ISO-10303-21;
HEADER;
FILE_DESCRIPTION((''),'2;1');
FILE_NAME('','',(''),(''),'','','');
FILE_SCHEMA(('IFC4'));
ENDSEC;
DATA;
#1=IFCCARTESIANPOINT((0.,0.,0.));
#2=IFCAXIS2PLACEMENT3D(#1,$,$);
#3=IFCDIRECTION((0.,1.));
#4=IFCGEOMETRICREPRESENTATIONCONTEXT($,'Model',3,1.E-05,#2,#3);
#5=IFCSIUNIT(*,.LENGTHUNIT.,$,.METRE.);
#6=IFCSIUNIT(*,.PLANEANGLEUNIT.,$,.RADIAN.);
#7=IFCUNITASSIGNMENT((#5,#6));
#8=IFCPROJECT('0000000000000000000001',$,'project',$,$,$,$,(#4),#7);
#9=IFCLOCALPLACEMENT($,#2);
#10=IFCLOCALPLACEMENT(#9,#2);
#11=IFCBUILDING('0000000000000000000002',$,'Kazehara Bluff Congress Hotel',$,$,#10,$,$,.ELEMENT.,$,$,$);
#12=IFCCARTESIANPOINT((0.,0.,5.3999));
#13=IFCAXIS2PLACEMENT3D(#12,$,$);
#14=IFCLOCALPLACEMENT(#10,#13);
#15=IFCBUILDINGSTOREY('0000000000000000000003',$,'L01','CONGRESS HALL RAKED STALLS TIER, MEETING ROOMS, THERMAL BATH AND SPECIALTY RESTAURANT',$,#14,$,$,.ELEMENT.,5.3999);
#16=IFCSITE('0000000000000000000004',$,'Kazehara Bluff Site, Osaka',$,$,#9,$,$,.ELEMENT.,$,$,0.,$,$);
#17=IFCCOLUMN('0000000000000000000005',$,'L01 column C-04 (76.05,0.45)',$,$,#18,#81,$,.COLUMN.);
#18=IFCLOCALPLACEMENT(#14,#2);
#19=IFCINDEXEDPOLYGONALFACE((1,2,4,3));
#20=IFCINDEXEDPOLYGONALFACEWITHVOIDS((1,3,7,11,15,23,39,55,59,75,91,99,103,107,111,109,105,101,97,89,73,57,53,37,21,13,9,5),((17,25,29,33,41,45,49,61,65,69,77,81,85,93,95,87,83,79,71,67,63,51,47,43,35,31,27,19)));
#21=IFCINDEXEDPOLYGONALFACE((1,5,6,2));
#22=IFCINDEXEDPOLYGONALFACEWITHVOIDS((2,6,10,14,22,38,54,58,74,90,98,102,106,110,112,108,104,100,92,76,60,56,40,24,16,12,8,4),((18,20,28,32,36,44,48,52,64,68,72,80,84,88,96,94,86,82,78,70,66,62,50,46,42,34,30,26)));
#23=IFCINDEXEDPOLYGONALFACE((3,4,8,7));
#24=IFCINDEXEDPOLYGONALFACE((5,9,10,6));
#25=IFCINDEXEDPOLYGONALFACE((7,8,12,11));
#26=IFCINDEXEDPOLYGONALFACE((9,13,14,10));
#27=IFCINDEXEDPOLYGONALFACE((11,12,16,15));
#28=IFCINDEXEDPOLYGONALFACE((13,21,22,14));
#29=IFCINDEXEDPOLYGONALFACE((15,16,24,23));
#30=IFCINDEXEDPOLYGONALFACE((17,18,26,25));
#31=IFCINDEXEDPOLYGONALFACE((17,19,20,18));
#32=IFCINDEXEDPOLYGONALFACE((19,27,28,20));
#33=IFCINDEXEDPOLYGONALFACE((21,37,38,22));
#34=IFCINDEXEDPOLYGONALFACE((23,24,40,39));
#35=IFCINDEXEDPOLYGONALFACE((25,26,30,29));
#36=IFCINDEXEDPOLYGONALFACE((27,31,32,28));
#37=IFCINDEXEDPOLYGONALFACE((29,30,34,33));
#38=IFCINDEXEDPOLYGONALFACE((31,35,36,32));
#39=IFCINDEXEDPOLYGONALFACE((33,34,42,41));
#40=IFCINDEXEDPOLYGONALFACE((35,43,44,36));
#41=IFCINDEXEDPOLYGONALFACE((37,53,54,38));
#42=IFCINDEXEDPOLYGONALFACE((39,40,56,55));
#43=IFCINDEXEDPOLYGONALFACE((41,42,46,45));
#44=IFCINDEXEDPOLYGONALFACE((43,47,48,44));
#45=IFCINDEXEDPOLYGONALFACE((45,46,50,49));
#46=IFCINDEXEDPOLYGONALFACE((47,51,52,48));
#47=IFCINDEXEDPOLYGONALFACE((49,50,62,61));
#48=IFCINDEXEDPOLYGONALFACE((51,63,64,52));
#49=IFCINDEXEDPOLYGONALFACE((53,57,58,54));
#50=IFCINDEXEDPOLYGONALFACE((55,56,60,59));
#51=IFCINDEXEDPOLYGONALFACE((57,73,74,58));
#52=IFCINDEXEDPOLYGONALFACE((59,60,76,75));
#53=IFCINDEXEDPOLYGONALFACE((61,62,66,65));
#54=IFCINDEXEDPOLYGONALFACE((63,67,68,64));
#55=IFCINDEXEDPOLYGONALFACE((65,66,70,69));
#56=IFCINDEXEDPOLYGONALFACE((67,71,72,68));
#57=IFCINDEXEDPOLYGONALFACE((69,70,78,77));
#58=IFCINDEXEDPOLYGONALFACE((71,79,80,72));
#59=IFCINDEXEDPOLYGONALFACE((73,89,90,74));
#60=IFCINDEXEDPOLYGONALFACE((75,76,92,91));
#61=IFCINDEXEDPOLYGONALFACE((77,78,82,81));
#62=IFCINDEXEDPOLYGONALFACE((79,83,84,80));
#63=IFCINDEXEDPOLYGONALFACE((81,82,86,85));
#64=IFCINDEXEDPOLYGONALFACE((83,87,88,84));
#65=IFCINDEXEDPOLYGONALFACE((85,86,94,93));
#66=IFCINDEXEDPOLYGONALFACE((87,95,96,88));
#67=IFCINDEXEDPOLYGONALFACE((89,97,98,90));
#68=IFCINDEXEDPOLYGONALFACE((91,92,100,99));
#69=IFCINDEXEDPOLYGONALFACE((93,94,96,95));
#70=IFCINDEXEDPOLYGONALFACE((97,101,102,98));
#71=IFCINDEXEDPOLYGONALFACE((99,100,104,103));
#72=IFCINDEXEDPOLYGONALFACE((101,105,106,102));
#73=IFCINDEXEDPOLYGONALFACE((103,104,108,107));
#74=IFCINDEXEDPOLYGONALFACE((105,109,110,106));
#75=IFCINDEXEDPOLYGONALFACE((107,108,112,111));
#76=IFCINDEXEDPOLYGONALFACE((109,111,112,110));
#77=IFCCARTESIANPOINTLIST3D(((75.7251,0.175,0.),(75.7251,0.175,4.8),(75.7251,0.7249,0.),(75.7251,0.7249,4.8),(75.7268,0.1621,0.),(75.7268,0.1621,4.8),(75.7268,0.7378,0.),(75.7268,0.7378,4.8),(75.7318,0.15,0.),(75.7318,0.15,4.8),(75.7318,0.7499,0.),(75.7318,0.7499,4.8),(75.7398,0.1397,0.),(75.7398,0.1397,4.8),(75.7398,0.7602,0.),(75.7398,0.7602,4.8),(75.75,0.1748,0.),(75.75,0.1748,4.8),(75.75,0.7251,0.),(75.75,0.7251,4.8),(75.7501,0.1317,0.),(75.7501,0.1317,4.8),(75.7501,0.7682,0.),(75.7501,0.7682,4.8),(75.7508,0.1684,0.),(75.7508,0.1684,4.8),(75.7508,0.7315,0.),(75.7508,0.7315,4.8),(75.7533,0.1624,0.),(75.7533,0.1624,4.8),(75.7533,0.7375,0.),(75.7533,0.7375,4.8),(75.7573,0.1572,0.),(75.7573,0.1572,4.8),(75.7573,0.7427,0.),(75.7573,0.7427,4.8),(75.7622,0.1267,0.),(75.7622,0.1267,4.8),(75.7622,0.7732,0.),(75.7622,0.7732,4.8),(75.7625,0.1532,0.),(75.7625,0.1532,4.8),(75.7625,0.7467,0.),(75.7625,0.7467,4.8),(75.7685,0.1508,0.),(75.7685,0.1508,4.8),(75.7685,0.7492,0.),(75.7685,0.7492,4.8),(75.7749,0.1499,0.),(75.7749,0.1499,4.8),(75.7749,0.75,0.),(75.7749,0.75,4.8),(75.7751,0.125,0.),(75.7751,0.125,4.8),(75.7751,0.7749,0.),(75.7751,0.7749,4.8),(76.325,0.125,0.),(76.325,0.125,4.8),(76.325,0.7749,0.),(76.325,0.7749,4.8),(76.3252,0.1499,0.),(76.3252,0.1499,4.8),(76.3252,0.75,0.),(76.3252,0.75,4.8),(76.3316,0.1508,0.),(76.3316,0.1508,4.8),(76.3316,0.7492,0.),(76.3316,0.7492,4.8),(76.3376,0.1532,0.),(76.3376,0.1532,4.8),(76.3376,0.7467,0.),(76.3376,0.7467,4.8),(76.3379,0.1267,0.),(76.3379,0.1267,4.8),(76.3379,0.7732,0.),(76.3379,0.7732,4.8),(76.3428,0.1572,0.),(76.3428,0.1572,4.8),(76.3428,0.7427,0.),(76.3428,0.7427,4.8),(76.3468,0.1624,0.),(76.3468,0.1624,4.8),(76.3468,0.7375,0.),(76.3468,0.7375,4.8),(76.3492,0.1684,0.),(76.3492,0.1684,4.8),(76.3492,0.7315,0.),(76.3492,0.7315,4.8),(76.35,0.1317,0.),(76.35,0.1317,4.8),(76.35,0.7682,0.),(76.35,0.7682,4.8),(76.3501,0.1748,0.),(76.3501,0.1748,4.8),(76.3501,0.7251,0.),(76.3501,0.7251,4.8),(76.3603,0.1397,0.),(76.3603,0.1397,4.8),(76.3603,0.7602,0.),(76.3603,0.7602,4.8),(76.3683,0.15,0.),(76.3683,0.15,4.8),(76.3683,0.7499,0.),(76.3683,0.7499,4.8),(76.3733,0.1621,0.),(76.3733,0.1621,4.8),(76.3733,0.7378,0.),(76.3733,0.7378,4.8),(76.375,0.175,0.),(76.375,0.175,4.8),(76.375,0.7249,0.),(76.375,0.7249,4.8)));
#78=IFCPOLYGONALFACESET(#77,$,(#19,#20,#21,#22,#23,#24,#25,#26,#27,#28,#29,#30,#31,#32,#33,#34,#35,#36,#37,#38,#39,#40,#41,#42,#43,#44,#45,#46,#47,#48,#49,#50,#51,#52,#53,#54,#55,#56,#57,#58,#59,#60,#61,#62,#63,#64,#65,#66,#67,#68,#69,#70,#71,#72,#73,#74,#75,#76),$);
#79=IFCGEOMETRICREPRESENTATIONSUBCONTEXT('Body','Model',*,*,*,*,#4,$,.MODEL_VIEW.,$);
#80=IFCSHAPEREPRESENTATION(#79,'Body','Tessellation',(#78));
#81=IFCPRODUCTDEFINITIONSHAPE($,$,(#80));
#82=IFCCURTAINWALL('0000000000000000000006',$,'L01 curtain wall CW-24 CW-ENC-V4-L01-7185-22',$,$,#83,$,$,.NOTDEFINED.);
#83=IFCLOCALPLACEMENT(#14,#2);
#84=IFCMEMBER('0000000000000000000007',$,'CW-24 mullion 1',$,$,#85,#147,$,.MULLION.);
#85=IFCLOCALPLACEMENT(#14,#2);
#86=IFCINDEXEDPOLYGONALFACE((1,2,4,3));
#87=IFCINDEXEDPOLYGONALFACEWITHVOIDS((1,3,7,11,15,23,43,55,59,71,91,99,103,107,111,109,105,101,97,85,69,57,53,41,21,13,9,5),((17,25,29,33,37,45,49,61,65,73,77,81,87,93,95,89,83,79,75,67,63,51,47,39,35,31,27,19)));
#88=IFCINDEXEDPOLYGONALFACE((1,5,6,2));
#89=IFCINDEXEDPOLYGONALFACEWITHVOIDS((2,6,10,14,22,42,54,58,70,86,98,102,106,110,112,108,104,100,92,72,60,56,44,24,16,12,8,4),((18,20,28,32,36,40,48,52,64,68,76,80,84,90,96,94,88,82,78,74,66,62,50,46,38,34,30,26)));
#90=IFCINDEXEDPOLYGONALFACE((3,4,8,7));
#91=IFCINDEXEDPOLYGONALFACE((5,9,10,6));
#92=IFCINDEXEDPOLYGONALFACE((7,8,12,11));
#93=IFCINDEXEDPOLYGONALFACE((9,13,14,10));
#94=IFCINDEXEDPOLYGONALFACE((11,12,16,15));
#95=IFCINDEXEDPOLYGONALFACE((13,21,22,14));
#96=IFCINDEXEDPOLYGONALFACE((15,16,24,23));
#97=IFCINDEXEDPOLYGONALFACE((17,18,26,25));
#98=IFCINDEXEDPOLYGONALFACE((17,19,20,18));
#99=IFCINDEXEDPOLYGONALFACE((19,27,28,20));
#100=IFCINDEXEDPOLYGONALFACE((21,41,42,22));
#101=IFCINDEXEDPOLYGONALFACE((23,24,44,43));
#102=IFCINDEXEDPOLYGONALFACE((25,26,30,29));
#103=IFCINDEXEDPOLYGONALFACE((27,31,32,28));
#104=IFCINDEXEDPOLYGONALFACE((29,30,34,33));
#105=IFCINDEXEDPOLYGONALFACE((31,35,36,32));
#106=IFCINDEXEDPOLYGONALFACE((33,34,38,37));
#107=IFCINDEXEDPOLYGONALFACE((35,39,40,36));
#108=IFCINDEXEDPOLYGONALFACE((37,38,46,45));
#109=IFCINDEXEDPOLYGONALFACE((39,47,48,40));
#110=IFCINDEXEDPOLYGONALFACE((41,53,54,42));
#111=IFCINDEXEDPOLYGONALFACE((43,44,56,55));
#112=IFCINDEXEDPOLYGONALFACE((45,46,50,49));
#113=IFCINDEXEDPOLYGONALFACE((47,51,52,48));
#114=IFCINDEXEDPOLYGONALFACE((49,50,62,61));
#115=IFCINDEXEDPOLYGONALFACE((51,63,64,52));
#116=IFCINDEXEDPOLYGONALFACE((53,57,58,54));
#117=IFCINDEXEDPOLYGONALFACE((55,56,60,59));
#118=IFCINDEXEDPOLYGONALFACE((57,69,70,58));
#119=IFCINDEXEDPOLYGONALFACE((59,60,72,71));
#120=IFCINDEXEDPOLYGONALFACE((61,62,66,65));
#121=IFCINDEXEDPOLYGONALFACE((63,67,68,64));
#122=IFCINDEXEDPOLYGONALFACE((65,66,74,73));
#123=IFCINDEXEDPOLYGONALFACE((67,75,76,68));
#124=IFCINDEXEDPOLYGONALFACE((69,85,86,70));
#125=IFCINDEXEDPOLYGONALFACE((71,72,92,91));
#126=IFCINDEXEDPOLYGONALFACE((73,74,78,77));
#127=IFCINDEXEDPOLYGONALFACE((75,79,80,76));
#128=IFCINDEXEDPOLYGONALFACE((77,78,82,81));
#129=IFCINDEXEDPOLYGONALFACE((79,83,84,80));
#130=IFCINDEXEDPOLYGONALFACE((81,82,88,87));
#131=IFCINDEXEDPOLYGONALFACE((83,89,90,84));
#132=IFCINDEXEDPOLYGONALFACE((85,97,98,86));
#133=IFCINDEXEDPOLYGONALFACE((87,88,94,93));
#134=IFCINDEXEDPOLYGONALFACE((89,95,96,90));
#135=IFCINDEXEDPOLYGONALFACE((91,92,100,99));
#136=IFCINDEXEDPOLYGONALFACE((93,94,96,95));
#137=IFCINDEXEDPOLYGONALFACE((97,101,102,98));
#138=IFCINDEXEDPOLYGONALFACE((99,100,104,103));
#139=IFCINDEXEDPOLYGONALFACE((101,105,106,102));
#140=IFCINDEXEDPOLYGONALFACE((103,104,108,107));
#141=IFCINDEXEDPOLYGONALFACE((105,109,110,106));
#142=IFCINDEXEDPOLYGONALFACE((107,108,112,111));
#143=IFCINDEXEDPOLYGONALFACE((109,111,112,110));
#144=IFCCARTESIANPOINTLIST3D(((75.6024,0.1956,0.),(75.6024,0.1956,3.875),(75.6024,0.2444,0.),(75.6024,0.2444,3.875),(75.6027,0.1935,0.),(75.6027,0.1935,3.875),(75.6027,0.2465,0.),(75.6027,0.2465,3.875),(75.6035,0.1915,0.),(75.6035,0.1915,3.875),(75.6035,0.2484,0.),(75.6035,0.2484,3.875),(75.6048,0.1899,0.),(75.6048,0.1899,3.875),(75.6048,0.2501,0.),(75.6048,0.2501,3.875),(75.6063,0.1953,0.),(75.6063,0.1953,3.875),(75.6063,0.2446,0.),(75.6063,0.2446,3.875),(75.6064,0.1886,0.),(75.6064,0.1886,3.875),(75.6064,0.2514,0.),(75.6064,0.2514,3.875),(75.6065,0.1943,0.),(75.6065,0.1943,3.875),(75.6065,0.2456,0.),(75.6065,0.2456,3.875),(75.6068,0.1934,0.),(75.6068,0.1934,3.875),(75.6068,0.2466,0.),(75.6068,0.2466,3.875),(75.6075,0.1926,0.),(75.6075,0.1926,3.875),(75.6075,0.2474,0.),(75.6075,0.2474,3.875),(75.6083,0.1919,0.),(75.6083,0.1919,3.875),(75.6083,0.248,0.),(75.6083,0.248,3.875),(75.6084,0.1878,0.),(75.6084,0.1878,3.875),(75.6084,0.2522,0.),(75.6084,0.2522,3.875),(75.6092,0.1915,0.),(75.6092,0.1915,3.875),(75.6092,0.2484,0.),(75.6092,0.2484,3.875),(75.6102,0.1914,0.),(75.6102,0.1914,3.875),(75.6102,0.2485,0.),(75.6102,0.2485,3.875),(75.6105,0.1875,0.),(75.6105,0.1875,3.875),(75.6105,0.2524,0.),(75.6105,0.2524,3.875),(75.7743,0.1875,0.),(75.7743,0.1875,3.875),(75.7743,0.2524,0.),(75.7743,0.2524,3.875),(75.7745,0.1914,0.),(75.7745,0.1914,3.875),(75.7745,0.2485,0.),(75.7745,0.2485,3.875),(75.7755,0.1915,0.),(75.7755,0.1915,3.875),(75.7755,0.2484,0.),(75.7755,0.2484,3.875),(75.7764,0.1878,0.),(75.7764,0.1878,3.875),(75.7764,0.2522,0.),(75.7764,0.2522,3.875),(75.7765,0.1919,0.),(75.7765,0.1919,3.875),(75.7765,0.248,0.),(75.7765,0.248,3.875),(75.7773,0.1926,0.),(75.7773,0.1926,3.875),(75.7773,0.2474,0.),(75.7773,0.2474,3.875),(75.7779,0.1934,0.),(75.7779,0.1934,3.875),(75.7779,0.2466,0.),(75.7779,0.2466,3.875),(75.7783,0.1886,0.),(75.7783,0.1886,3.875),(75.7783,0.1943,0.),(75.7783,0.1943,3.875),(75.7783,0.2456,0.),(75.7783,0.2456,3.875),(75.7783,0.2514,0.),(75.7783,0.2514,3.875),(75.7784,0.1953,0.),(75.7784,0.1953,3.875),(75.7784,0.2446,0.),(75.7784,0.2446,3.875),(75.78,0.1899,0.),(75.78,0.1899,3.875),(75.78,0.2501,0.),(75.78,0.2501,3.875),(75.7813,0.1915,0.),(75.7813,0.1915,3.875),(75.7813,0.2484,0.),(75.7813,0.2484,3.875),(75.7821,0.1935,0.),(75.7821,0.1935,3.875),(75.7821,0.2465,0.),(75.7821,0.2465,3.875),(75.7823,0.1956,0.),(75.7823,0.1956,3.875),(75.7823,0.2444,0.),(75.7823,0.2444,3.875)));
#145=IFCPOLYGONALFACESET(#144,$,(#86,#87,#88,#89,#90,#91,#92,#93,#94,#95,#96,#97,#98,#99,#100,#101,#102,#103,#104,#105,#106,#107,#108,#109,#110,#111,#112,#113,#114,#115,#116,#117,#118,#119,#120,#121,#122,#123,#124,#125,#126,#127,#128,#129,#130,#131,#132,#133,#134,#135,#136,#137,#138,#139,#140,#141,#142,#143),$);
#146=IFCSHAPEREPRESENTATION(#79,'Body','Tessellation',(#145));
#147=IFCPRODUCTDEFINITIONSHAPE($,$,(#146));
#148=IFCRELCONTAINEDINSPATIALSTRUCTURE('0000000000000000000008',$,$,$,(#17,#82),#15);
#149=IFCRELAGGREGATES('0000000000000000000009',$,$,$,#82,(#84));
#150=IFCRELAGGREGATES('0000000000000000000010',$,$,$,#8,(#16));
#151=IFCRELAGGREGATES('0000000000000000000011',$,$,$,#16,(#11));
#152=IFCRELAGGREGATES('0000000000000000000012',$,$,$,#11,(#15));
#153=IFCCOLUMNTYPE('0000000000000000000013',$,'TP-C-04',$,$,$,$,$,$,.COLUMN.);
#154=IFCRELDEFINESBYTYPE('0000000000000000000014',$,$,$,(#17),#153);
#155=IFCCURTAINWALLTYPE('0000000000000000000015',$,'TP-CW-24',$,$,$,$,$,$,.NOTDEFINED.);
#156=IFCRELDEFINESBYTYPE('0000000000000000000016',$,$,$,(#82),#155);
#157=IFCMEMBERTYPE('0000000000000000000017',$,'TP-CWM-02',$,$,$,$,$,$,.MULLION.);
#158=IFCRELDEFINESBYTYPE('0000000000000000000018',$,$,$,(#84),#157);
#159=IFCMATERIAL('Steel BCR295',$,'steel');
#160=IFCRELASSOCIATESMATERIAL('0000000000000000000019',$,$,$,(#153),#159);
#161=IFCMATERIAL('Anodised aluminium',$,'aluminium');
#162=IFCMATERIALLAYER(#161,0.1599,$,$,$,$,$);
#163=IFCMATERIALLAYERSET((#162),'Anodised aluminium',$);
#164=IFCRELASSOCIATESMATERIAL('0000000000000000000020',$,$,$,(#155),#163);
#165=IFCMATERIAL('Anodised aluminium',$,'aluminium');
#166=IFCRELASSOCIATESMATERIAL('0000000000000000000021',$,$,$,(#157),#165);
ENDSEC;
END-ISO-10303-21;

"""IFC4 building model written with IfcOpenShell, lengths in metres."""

from ifc_helpers import new_model, si_unit, direction, frame, origin, origin_2d, place, context, subcontext, project, spatial, hollow_rectangle, extrude, material, layer, layer_set, material_profile, profile_set, type_object, element, aggregate, save


model = new_model("IFC4")

# Units and contexts
model_context = context("Model", 3, precision=1e-05, world=origin(), true_north=direction((0.0, 1.0)))
body_context = subcontext(model_context, "Body", "Model", "MODEL_VIEW")
ifc_project = project(units=[si_unit("LENGTHUNIT", "METRE"), si_unit("PLANEANGLEUNIT", "RADIAN")], contexts=[model_context])

# Site, building, storey
site_placement = place(None, origin())
site = spatial("IfcSite", under=ifc_project, at=site_placement, Name="Kazehara Bluff Site, Osaka", CompositionType="ELEMENT", RefElevation=0.0)
building_placement = place(site_placement, origin())
building = spatial("IfcBuilding", under=site, at=building_placement, Name="Kazehara Bluff Congress Hotel", CompositionType="ELEMENT")
storey_placement = place(building_placement, frame((0.0, 0.0, 5.3999)))
storey = spatial("IfcBuildingStorey", under=building, at=storey_placement, Name="L01", Description="CONGRESS HALL RAKED STALLS TIER, MEETING ROOMS, THERMAL BATH AND SPECIALTY RESTAURANT", CompositionType="ELEMENT", Elevation=5.3999)

# Column
ifc_material_1 = material(Name="Steel BCR295", Category="steel")
ifc_material_profile_1 = material_profile(ifc_material_1, hollow_rectangle(XDim=0.6499, YDim=0.6499, WallThickness=0.0249, InnerFilletRadius=0.0249, OuterFilletRadius=0.05, at=origin_2d()))
ifc_profile_set_1 = profile_set([ifc_material_profile_1], Name="Steel BCR295")
column_type = type_object("IfcColumnType", Name="TP-C-04", PredefinedType="COLUMN", material=ifc_profile_set_1)
column_placement = place(storey_placement, frame((76.05, 0.45, 0.0), z_axis=(0.0, 0.0, 1.0), x_axis=(1.0, 0.0, 0.0)))
element("IfcColumn", 1, at=column_placement, inside=storey, type_object=column_type, Name="L01 column C-04 (76.05,0.45)", PredefinedType="COLUMN", context=body_context, shape_type="SweptSolid", body=[
    extrude(hollow_rectangle(XDim=0.6499, YDim=0.6499, WallThickness=0.0249, InnerFilletRadius=0.0249, OuterFilletRadius=0.05, at=origin_2d()), origin(), (0.0, 0.0, 1.0), 4.8),
])

# Curtain wall, member
ifc_material_2 = material(Name="Anodised aluminium", Category="aluminium")
ifc_layer_1 = layer(ifc_material_2, 0.1599)
ifc_layer_set_1 = layer_set([ifc_layer_1], Name="Anodised aluminium")
curtain_wall_type_1 = type_object("IfcCurtainWallType", Name="TP-CW-24", PredefinedType="NOTDEFINED", material=ifc_layer_set_1)
curtain_wall_1_placement = place(storey_placement, origin())
curtain_wall_1 = element("IfcCurtainWall", 2, at=curtain_wall_1_placement, inside=storey, type_object=curtain_wall_type_1, Name="L01 curtain wall CW-24 CW-ENC-V4-L01-7185-22", PredefinedType="NOTDEFINED")
ifc_material_3 = material(Name="Anodised aluminium", Category="aluminium")
ifc_material_profile_2 = material_profile(ifc_material_3, hollow_rectangle(XDim=0.0649, YDim=0.1799, WallThickness=0.0039, InnerFilletRadius=0.0039, OuterFilletRadius=0.0081, at=origin_2d()))
ifc_profile_set_2 = profile_set([ifc_material_profile_2], Name="Anodised aluminium")
member_type_1 = type_object("IfcMemberType", Name="TP-CWM-02", PredefinedType="MULLION", material=ifc_profile_set_2)
member_1_placement = place(storey_placement, frame((75.6924, 0.22, 0.0), z_axis=(0.0, 0.0, 1.0), x_axis=(0.0, -1.0, 0.0)))
member_1 = element("IfcMember", 3, at=member_1_placement, type_object=member_type_1, Name="CW-24 mullion 1", PredefinedType="MULLION", context=body_context, shape_type="SweptSolid", body=[
    extrude(hollow_rectangle(XDim=0.0649, YDim=0.1799, WallThickness=0.0039, InnerFilletRadius=0.0039, OuterFilletRadius=0.0081, at=origin_2d()), origin(), (0.0, 0.0, 1.0), 3.875),
])

aggregate(curtain_wall_1, [member_1])

save(model, "model.ifc")
